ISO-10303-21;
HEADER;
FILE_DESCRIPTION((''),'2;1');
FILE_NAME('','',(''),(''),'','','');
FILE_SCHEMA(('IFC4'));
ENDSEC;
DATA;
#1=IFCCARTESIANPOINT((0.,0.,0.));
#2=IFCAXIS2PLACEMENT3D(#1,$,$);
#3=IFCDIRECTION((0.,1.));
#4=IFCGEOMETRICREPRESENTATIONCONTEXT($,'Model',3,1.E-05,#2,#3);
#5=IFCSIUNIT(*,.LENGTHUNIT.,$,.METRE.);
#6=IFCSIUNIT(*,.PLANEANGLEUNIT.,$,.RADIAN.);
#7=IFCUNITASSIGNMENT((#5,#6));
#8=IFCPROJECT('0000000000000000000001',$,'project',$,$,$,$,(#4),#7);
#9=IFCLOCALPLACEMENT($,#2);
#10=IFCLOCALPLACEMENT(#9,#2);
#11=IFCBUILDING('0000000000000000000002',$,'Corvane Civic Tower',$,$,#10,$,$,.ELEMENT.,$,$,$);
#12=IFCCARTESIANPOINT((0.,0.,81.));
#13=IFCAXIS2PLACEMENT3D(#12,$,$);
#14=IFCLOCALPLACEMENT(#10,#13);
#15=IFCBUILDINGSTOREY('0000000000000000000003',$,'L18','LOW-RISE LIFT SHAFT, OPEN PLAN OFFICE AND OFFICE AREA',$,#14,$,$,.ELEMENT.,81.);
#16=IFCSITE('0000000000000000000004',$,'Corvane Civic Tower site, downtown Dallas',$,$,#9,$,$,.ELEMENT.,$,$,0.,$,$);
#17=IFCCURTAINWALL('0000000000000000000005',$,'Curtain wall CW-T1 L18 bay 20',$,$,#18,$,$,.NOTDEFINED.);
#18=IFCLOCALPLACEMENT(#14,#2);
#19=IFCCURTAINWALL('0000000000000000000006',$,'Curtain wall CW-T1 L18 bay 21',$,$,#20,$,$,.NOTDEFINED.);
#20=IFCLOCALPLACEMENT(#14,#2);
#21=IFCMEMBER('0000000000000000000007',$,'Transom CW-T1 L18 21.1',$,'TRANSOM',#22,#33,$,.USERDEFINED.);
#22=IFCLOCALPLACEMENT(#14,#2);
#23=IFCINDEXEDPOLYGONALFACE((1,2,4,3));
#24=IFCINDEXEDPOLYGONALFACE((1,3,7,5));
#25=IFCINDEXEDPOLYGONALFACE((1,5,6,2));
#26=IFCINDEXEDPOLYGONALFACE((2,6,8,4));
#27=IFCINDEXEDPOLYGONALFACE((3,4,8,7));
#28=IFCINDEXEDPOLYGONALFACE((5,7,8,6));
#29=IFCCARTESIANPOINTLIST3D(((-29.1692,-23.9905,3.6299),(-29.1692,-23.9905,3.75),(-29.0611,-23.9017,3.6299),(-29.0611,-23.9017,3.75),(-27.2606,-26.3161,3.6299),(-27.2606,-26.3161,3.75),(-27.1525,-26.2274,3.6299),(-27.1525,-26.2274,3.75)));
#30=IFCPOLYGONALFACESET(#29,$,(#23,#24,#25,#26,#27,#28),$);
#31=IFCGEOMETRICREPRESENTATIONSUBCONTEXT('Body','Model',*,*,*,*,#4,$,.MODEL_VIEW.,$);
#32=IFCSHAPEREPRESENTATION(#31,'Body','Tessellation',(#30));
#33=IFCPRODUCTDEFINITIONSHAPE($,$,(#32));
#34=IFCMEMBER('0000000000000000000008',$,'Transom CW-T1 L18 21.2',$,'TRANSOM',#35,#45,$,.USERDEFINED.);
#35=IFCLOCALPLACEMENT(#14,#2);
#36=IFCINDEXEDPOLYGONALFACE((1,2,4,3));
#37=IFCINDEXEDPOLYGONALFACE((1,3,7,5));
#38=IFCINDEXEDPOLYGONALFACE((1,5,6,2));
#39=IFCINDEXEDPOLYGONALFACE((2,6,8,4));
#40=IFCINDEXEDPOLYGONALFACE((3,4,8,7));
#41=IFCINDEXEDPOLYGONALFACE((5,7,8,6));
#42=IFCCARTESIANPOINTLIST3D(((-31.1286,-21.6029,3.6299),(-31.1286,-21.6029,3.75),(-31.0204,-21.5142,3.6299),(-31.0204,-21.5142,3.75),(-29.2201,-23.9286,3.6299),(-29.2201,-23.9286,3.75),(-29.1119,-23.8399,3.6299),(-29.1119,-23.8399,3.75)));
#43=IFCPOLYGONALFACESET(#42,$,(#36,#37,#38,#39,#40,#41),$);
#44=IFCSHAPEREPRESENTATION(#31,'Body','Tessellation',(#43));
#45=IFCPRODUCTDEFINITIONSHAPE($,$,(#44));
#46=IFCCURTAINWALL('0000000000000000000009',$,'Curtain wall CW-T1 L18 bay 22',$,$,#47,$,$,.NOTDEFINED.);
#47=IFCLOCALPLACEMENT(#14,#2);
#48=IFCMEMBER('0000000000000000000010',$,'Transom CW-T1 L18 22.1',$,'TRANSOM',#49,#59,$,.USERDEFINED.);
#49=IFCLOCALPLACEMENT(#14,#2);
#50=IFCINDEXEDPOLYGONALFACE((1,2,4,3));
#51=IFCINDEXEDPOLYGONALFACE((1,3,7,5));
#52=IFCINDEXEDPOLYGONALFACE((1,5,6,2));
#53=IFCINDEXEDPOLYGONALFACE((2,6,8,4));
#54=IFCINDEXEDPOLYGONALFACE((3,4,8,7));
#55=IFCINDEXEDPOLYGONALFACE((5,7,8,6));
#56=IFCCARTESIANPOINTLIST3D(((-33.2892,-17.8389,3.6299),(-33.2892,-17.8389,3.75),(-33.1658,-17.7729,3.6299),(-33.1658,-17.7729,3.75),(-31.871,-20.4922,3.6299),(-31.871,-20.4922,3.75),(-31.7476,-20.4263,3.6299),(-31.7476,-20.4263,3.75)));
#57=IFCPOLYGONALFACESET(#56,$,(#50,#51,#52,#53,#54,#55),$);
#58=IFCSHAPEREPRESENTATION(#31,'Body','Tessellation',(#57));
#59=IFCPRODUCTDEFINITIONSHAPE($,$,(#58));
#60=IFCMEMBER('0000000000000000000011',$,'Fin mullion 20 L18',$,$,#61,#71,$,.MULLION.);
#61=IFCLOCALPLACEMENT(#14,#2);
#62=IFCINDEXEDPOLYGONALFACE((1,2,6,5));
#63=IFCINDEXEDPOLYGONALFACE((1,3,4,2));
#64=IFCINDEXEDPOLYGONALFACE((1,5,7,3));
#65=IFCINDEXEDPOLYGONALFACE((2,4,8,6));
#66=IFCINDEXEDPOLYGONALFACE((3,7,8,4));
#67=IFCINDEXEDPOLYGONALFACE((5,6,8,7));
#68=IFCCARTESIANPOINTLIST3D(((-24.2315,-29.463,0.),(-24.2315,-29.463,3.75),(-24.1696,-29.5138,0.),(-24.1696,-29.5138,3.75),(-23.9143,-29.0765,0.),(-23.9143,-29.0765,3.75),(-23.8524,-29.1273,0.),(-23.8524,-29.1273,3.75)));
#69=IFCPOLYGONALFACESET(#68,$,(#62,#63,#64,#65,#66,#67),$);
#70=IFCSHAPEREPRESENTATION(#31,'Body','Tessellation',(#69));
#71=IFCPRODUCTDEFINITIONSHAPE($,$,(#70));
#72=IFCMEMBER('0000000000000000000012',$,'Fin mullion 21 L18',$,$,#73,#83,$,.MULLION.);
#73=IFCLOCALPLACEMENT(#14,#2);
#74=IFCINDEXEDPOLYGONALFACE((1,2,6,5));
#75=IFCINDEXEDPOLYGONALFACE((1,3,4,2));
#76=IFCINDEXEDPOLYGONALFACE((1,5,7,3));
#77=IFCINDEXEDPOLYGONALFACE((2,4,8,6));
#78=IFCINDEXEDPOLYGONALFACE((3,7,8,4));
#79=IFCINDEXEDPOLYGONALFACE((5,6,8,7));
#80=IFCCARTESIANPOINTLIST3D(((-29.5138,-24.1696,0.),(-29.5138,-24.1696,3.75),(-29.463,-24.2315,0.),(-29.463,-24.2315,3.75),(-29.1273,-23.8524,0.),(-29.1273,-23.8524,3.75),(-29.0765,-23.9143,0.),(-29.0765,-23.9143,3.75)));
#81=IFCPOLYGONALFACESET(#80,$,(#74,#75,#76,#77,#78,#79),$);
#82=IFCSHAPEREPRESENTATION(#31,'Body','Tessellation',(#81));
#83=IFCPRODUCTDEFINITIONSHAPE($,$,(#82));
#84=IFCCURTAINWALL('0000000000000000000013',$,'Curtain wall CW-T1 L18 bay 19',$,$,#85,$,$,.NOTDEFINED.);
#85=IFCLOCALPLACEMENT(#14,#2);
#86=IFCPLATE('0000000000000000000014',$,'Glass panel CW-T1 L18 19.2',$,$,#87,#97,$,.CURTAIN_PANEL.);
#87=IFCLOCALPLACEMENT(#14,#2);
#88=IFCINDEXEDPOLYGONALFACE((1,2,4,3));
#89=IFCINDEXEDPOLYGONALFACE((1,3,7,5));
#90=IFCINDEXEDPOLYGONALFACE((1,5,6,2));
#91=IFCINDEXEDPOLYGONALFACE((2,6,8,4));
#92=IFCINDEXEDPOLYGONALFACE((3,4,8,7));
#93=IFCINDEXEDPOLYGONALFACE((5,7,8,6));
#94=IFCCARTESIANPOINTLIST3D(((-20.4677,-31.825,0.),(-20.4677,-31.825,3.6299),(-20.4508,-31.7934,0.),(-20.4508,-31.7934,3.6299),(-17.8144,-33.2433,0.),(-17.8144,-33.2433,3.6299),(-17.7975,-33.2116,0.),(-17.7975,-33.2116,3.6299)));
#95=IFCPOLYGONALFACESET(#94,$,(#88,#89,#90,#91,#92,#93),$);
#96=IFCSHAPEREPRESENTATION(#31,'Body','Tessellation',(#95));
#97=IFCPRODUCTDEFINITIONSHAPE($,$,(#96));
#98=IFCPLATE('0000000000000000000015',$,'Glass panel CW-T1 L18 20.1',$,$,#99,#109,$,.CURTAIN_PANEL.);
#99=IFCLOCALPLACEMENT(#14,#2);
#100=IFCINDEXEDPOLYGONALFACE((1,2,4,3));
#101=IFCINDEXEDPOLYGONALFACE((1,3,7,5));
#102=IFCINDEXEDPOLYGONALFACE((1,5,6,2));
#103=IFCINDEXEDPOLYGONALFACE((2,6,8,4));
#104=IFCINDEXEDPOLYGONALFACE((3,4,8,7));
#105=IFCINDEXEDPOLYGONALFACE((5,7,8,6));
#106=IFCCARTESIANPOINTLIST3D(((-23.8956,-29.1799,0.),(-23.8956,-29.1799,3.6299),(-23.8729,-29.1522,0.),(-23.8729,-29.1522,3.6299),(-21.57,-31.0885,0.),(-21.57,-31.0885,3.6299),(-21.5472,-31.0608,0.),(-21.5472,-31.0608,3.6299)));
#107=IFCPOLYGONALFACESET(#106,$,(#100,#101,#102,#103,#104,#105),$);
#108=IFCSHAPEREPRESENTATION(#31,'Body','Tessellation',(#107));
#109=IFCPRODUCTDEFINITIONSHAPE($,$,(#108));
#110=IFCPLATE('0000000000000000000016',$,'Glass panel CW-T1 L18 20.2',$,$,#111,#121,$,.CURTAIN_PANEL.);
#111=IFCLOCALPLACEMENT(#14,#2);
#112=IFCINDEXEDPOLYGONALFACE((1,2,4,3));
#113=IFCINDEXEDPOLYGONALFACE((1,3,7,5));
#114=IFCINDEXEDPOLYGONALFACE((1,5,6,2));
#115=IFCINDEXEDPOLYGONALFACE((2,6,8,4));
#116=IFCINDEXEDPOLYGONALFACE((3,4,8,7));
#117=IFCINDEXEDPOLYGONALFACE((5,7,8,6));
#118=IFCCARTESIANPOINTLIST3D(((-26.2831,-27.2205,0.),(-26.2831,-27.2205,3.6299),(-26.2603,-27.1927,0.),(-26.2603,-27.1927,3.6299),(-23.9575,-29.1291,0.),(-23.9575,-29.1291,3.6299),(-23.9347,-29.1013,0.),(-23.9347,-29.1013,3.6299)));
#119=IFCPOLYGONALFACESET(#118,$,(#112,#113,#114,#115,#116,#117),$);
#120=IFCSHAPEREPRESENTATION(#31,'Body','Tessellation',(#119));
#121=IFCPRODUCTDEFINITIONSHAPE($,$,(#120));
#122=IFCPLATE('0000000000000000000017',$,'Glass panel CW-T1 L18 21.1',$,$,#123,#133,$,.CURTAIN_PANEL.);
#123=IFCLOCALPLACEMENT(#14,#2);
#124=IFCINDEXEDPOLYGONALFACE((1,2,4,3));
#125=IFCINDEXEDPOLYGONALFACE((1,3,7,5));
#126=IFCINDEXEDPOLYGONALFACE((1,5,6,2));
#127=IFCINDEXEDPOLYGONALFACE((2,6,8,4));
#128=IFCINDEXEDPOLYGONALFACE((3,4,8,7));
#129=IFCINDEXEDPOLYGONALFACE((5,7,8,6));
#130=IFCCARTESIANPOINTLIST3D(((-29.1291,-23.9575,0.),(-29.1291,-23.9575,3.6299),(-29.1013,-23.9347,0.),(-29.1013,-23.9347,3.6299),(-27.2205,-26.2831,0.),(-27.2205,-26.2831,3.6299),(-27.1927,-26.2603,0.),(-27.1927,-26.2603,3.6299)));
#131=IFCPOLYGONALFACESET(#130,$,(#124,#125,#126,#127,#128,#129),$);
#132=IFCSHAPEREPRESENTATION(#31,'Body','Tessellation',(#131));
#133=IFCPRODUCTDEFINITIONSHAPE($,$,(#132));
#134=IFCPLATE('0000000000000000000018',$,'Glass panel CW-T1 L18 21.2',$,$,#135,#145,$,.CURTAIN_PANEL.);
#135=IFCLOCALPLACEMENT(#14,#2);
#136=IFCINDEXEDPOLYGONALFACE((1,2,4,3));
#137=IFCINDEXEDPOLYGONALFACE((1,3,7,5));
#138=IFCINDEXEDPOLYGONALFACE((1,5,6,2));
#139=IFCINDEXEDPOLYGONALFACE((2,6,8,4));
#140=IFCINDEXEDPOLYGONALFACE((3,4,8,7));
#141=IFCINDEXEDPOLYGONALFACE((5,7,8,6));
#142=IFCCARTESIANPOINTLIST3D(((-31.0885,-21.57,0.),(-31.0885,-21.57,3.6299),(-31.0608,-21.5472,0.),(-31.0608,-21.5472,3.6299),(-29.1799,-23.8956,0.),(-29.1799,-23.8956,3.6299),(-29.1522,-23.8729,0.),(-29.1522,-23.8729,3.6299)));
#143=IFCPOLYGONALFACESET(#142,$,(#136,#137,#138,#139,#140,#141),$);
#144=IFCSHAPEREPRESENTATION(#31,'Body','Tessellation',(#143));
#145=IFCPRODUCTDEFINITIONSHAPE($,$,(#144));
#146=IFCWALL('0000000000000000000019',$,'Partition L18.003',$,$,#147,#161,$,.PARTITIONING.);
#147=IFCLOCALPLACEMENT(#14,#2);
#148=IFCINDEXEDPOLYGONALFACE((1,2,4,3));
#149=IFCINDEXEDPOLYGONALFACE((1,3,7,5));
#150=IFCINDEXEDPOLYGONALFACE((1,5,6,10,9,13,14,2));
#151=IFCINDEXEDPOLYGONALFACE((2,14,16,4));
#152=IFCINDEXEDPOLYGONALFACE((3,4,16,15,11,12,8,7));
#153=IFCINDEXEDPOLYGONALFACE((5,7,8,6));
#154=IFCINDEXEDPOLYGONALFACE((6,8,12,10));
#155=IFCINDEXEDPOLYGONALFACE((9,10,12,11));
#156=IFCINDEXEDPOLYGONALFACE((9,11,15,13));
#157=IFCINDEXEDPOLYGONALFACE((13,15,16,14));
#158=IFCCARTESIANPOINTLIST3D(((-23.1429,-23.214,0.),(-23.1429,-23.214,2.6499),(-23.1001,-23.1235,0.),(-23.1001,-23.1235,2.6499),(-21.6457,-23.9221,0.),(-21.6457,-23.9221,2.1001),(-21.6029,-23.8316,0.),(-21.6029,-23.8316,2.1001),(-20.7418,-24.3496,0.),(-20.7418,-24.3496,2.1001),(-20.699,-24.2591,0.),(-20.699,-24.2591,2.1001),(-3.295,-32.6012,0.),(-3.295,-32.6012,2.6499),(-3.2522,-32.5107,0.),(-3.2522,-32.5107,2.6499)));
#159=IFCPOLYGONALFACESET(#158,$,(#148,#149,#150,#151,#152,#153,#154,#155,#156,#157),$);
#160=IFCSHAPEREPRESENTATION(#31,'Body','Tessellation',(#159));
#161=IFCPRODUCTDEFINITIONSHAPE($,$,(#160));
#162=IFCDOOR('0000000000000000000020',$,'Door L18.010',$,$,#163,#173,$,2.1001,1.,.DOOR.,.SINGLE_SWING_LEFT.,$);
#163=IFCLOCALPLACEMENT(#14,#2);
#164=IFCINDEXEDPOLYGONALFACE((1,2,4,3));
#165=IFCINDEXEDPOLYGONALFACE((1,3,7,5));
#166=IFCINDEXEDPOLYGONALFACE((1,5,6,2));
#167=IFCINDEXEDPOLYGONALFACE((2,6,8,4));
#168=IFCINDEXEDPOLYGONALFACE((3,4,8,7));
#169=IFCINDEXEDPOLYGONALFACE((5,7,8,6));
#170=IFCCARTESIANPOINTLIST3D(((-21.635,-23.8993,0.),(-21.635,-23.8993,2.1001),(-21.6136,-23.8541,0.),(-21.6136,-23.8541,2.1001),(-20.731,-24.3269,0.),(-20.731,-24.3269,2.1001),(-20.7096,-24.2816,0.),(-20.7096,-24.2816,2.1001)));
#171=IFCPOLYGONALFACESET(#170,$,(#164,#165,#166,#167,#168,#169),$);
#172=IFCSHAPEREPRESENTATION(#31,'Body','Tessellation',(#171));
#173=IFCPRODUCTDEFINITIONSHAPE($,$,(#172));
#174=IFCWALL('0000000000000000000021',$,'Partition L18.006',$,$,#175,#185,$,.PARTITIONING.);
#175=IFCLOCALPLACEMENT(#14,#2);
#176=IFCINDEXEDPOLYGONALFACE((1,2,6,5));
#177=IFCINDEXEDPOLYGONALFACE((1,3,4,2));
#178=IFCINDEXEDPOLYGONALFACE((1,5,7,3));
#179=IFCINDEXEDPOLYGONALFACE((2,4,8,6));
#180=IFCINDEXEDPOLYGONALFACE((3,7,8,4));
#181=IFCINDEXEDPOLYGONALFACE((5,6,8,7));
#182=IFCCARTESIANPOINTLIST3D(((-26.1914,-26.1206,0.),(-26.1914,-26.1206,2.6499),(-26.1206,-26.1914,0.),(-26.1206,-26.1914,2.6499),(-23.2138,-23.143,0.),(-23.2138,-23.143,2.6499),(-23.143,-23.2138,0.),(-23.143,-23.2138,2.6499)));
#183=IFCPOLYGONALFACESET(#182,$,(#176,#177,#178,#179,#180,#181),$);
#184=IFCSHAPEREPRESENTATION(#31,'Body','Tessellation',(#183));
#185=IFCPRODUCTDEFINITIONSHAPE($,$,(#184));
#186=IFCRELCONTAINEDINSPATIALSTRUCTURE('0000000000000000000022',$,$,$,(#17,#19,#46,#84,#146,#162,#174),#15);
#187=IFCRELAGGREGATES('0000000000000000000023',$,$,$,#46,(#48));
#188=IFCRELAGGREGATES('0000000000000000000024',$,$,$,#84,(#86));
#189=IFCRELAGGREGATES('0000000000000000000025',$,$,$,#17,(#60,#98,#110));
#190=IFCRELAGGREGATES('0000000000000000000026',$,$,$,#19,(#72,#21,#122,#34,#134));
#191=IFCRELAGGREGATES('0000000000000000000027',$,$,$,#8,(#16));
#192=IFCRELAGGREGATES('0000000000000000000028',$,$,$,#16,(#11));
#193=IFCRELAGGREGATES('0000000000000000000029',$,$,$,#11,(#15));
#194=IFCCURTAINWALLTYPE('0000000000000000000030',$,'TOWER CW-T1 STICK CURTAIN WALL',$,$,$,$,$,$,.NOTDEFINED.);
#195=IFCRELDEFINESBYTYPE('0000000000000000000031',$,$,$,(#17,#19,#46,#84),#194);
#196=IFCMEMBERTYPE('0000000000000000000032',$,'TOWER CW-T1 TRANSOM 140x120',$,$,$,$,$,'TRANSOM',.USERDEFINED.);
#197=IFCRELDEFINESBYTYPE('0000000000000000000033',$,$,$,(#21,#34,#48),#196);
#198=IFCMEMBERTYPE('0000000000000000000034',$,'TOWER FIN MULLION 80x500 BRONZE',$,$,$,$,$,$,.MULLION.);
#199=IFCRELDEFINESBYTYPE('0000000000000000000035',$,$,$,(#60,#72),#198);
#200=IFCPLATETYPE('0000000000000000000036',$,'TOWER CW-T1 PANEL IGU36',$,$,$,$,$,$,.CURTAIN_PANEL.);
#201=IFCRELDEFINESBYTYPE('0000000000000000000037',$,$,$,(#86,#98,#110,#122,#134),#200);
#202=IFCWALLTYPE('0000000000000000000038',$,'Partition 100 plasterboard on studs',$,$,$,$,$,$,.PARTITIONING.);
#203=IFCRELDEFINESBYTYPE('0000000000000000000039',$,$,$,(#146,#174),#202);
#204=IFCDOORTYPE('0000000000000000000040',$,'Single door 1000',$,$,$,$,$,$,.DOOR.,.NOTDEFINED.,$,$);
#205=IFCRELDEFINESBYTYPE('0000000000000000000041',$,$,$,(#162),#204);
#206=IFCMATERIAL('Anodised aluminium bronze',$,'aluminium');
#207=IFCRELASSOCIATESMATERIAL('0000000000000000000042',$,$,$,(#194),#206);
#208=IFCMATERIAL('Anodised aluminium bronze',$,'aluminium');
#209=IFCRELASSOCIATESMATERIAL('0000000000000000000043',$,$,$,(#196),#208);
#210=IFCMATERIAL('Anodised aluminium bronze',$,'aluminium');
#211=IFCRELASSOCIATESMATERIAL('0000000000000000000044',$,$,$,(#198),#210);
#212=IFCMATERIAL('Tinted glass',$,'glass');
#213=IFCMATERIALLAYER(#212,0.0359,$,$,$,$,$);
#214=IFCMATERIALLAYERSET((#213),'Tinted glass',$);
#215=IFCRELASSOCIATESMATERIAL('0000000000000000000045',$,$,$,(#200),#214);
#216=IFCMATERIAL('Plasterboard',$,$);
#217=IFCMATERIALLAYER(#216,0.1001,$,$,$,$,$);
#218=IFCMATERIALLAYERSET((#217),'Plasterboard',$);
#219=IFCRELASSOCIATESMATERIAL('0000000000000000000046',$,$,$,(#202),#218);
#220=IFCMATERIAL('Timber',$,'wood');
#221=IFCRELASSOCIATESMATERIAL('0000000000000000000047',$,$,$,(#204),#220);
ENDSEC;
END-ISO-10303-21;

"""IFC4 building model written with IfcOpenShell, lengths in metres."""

from ifc_helpers import new_model, si_unit, direction, frame, frame_2d, origin, origin_2d, place, context, subcontext, project, spatial, rectangle, extrude, material, layer, layer_set, material_profile, profile_set, type_object, element, fill, aggregate, save


model = new_model("IFC4")

# Units and contexts
model_context = context("Model", 3, precision=1e-05, world=origin(), true_north=direction((0.0, 1.0)))
body_context = subcontext(model_context, "Body", "Model", "MODEL_VIEW")
ifc_project = project(units=[si_unit("LENGTHUNIT", "METRE"), si_unit("PLANEANGLEUNIT", "RADIAN")], contexts=[model_context])

# Site, building, storey
site_placement = place(None, origin())
site = spatial("IfcSite", under=ifc_project, at=site_placement, Name="Corvane Civic Tower site, downtown Dallas", CompositionType="ELEMENT", RefElevation=0.0)
building_placement = place(site_placement, origin())
building = spatial("IfcBuilding", under=site, at=building_placement, Name="Corvane Civic Tower", CompositionType="ELEMENT")
storey_placement = place(building_placement, frame((0.0, 0.0, 81.0)))
storey = spatial("IfcBuildingStorey", under=building, at=storey_placement, Name="L18", Description="LOW-RISE LIFT SHAFT, OPEN PLAN OFFICE AND OFFICE AREA", CompositionType="ELEMENT", Elevation=81.0)

# Curtain walls, members
ifc_material_1 = material(Name="Anodised aluminium bronze", Category="aluminium")
curtain_wall_type = type_object("IfcCurtainWallType", Name="TOWER CW-T1 STICK CURTAIN WALL", PredefinedType="NOTDEFINED", material=ifc_material_1)
curtain_wall_1_placement = place(storey_placement, origin())
curtain_wall_1 = element("IfcCurtainWall", 1, at=curtain_wall_1_placement, inside=storey, type_object=curtain_wall_type, Name="Curtain wall CW-T1 L18 bay 20", PredefinedType="NOTDEFINED")
ifc_material_2 = material(Name="Anodised aluminium bronze", Category="aluminium")
ifc_material_profile_1 = material_profile(ifc_material_2, rectangle(XDim=0.1399, YDim=0.1201, at=origin_2d()), Name="TOWER CW-T1 TRANSOM 140x120")
ifc_profile_set_1 = profile_set([ifc_material_profile_1], Name="Anodised aluminium bronze")
member_type_1 = type_object("IfcMemberType", Name="TOWER CW-T1 TRANSOM 140x120", ElementType="TRANSOM", PredefinedType="USERDEFINED", material=ifc_profile_set_1)
curtain_wall_2_placement = place(storey_placement, origin())
curtain_wall_2 = element("IfcCurtainWall", 2, at=curtain_wall_2_placement, inside=storey, type_object=curtain_wall_type, Name="Curtain wall CW-T1 L18 bay 21", PredefinedType="NOTDEFINED")
member_1_placement = place(storey_placement, frame((-27.2065, -26.2717, 3.6899), z_axis=(-0.634404, 0.773002, 0.0), x_axis=(-0.773002, -0.634404, 0.0)))
member_1 = element("IfcMember", 3, at=member_1_placement, type_object=member_type_1, Name="Transom CW-T1 L18 21.1", ObjectType="TRANSOM", PredefinedType="USERDEFINED", context=body_context, shape_type="SweptSolid", body=[
    extrude(rectangle(XDim=0.1399, YDim=0.1201, at=origin_2d()), origin(), (0.0, 0.0, 1.0), 3.0085),
])
member_2_placement = place(storey_placement, frame((-29.166, -23.8843, 3.6899), z_axis=(-0.634355, 0.773042, 0.0), x_axis=(-0.773042, -0.634355, 0.0)))
member_2 = element("IfcMember", 4, at=member_2_placement, type_object=member_type_1, Name="Transom CW-T1 L18 21.2", ObjectType="TRANSOM", PredefinedType="USERDEFINED", context=body_context, shape_type="SweptSolid", body=[
    extrude(rectangle(XDim=0.1399, YDim=0.1201, at=origin_2d()), origin(), (0.0, 0.0, 1.0), 3.0085),
])

# Curtain wall, member
curtain_wall_3_placement = place(storey_placement, origin())
curtain_wall_3 = element("IfcCurtainWall", 5, at=curtain_wall_3_placement, inside=storey, type_object=curtain_wall_type, Name="Curtain wall CW-T1 L18 bay 22", PredefinedType="NOTDEFINED")
member_3_placement = place(storey_placement, frame((-31.8093, -20.4592, 3.6899), z_axis=(-0.471393, 0.881924, 0.0), x_axis=(-0.881924, -0.471393, 0.0)))
member_3 = element("IfcMember", 6, at=member_3_placement, type_object=member_type_1, Name="Transom CW-T1 L18 22.1", ObjectType="TRANSOM", PredefinedType="USERDEFINED", context=body_context, shape_type="SweptSolid", body=[
    extrude(rectangle(XDim=0.1399, YDim=0.1201, at=origin_2d()), origin(), (0.0, 0.0, 1.0), 3.0085),
])
aggregate(curtain_wall_3, [member_3])

# Members
ifc_material_3 = material(Name="Anodised aluminium bronze", Category="aluminium")
ifc_material_profile_2 = material_profile(ifc_material_3, rectangle(XDim=0.0801, YDim=0.5, at=origin_2d()), Name="TOWER FIN MULLION 80x500 BRONZE")
ifc_profile_set_2 = profile_set([ifc_material_profile_2], Name="Anodised aluminium bronze")
member_type_2 = type_object("IfcMemberType", Name="TOWER FIN MULLION 80x500 BRONZE", PredefinedType="MULLION", material=ifc_profile_set_2)
member_4_placement = place(storey_placement, frame((-24.042, -29.2952, 0.0), z_axis=(0.0, 0.0, 1.0), x_axis=(-0.773007, 0.634397, 0.0)))
member_4 = element("IfcMember", 7, at=member_4_placement, type_object=member_type_2, Name="Fin mullion 20 L18", PredefinedType="MULLION", context=body_context, shape_type="SweptSolid", body=[
    extrude(rectangle(XDim=0.0801, YDim=0.5, at=origin_2d()), origin(), (0.0, 0.0, 1.0), 3.75),
])
member_5_placement = place(storey_placement, frame((-29.2952, -24.042, 0.0), z_axis=(0.0, 0.0, 1.0), x_axis=(-0.634397, 0.773007, 0.0)))
member_5 = element("IfcMember", 8, at=member_5_placement, type_object=member_type_2, Name="Fin mullion 21 L18", PredefinedType="MULLION", context=body_context, shape_type="SweptSolid", body=[
    extrude(rectangle(XDim=0.0801, YDim=0.5, at=origin_2d()), origin(), (0.0, 0.0, 1.0), 3.75),
])

# Curtain wall, plate
curtain_wall_4_placement = place(storey_placement, origin())
curtain_wall_4 = element("IfcCurtainWall", 9, at=curtain_wall_4_placement, inside=storey, type_object=curtain_wall_type, Name="Curtain wall CW-T1 L18 bay 19", PredefinedType="NOTDEFINED")
ifc_material_4 = material(Name="Tinted glass", Category="glass")
ifc_layer_1 = layer(ifc_material_4, 0.0359)
ifc_layer_set_1 = layer_set([ifc_layer_1], Name="Tinted glass")
plate_type = type_object("IfcPlateType", Name="TOWER CW-T1 PANEL IGU36", PredefinedType="CURTAIN_PANEL", material=ifc_layer_set_1)
plate_1_placement = place(storey_placement, frame((-19.1326, -32.5183, 0.0), z_axis=(0.0, 0.0, 1.0), x_axis=(-0.881918, 0.471404, 0.0)))
plate_1 = element("IfcPlate", 10, at=plate_1_placement, type_object=plate_type, Name="Glass panel CW-T1 L18 19.2", PredefinedType="CURTAIN_PANEL", context=body_context, shape_type="SweptSolid", body=[
    extrude(rectangle(XDim=3.0085, YDim=0.0359, at=origin_2d()), origin(), (0.0, 0.0, 1.0), 3.6299),
])
aggregate(curtain_wall_4, [plate_1])

# Plates
plate_2_placement = place(storey_placement, frame((-22.7214, -30.1204, 0.0), z_axis=(0.0, 0.0, 1.0), x_axis=(-0.773007, 0.634397, 0.0)))
plate_2 = element("IfcPlate", 11, at=plate_2_placement, type_object=plate_type, Name="Glass panel CW-T1 L18 20.1", PredefinedType="CURTAIN_PANEL", context=body_context, shape_type="SweptSolid", body=[
    extrude(rectangle(XDim=3.0085, YDim=0.0359, at=origin_2d()), origin(), (0.0, 0.0, 1.0), 3.6299),
])
plate_3_placement = place(storey_placement, frame((-25.1089, -28.1609, 0.0), z_axis=(0.0, 0.0, 1.0), x_axis=(-0.773007, 0.634397, 0.0)))
plate_3 = element("IfcPlate", 12, at=plate_3_placement, type_object=plate_type, Name="Glass panel CW-T1 L18 20.2", PredefinedType="CURTAIN_PANEL", context=body_context, shape_type="SweptSolid", body=[
    extrude(rectangle(XDim=3.0085, YDim=0.0359, at=origin_2d()), origin(), (0.0, 0.0, 1.0), 3.6299),
])
aggregate(curtain_wall_1, [member_4, plate_2, plate_3])
plate_4_placement = place(storey_placement, frame((-28.1609, -25.1089, 0.0), z_axis=(0.0, 0.0, 1.0), x_axis=(-0.634397, 0.773007, 0.0)))
plate_4 = element("IfcPlate", 13, at=plate_4_placement, type_object=plate_type, Name="Glass panel CW-T1 L18 21.1", PredefinedType="CURTAIN_PANEL", context=body_context, shape_type="SweptSolid", body=[
    extrude(rectangle(XDim=3.0085, YDim=0.0359, at=origin_2d()), origin(), (0.0, 0.0, 1.0), 3.6299),
])
plate_5_placement = place(storey_placement, frame((-30.1204, -22.7214, 0.0), z_axis=(0.0, 0.0, 1.0), x_axis=(-0.634397, 0.773007, 0.0)))
plate_5 = element("IfcPlate", 14, at=plate_5_placement, type_object=plate_type, Name="Glass panel CW-T1 L18 21.2", PredefinedType="CURTAIN_PANEL", context=body_context, shape_type="SweptSolid", body=[
    extrude(rectangle(XDim=3.0085, YDim=0.0359, at=origin_2d()), origin(), (0.0, 0.0, 1.0), 3.6299),
])
aggregate(curtain_wall_2, [member_5, member_1, plate_4, member_2, plate_5])

# Wall, opening, door
ifc_material_5 = material(Name="Plasterboard")
ifc_layer_2 = layer(ifc_material_5, 0.1001)
ifc_layer_set_2 = layer_set([ifc_layer_2], Name="Plasterboard")
wall_type = type_object("IfcWallType", Name="Partition 100 plasterboard on studs", PredefinedType="PARTITIONING", material=ifc_layer_set_2)
wall_1_placement = place(storey_placement, frame((-23.1216, -23.1687, 0.0), z_axis=(0.0, 0.0, 1.0), x_axis=(0.903992, -0.427549, 0.0)))
wall_1 = element("IfcWall", 15, at=wall_1_placement, inside=storey, type_object=wall_type, Name="Partition L18.003", PredefinedType="PARTITIONING", context=body_context, shape_type="SweptSolid", body=[
    extrude(rectangle(XDim=21.9558, YDim=0.1001, at=frame_2d((10.978, 0.0))), origin(), (0.0, 0.0, 1.0), 2.6499),
])
opening_1_placement = place(wall_1_placement, frame((1.6562, 0.0, 0.0)))
opening_1 = element("IfcOpeningElement", 16, at=opening_1_placement, cuts=wall_1, PredefinedType="OPENING", context=body_context, shape_type="SweptSolid", body=[
    extrude(rectangle(XDim=1.0, YDim=2.1001, at=frame_2d((0.5, 1.05))), frame((0.0, 0.0601, 0.0), z_axis=(0.0, -1.0, 0.0), x_axis=(1.0, 0.0, 0.0)), (0.0, 0.0, 1.0), 0.1201),
])
ifc_material_6 = material(Name="Timber", Category="wood")
door_type_1 = type_object("IfcDoorType", Name="Single door 1000", OperationType="NOTDEFINED", PredefinedType="DOOR", material=ifc_material_6)
door_1_placement = place(opening_1_placement, frame((1.0, 0.0, 0.0), z_axis=(0.0, 0.0, 1.0), x_axis=(-1.0, 0.0, 0.0)))
door_1 = element("IfcDoor", 17, at=door_1_placement, inside=storey, type_object=door_type_1, Name="Door L18.010", OperationType="SINGLE_SWING_LEFT", OverallHeight=2.1001, OverallWidth=1.0, PredefinedType="DOOR", context=body_context, shape_type="SweptSolid", body=[
    extrude(rectangle(XDim=1.0, YDim=2.1001, at=frame_2d((0.5, 1.05))), frame((0.0, 0.0249, 0.0), z_axis=(0.0, -1.0, 0.0), x_axis=(1.0, 0.0, 0.0)), (0.0, 0.0, 1.0), 0.05),
])
fill(opening_1, door_1)

# Wall
wall_2_placement = place(storey_placement, frame((-26.156, -26.156, 0.0), z_axis=(0.0, 0.0, 1.0), x_axis=(0.707107, 0.707107, 0.0)))
element("IfcWall", 18, at=wall_2_placement, inside=storey, type_object=wall_type, Name="Partition L18.006", PredefinedType="PARTITIONING", context=body_context, shape_type="SweptSolid", body=[
    extrude(rectangle(XDim=4.2109, YDim=0.1001, at=frame_2d((2.1055, 0.0))), origin(), (0.0, 0.0, 1.0), 2.6499),
])

save(model, "model.ifc")
